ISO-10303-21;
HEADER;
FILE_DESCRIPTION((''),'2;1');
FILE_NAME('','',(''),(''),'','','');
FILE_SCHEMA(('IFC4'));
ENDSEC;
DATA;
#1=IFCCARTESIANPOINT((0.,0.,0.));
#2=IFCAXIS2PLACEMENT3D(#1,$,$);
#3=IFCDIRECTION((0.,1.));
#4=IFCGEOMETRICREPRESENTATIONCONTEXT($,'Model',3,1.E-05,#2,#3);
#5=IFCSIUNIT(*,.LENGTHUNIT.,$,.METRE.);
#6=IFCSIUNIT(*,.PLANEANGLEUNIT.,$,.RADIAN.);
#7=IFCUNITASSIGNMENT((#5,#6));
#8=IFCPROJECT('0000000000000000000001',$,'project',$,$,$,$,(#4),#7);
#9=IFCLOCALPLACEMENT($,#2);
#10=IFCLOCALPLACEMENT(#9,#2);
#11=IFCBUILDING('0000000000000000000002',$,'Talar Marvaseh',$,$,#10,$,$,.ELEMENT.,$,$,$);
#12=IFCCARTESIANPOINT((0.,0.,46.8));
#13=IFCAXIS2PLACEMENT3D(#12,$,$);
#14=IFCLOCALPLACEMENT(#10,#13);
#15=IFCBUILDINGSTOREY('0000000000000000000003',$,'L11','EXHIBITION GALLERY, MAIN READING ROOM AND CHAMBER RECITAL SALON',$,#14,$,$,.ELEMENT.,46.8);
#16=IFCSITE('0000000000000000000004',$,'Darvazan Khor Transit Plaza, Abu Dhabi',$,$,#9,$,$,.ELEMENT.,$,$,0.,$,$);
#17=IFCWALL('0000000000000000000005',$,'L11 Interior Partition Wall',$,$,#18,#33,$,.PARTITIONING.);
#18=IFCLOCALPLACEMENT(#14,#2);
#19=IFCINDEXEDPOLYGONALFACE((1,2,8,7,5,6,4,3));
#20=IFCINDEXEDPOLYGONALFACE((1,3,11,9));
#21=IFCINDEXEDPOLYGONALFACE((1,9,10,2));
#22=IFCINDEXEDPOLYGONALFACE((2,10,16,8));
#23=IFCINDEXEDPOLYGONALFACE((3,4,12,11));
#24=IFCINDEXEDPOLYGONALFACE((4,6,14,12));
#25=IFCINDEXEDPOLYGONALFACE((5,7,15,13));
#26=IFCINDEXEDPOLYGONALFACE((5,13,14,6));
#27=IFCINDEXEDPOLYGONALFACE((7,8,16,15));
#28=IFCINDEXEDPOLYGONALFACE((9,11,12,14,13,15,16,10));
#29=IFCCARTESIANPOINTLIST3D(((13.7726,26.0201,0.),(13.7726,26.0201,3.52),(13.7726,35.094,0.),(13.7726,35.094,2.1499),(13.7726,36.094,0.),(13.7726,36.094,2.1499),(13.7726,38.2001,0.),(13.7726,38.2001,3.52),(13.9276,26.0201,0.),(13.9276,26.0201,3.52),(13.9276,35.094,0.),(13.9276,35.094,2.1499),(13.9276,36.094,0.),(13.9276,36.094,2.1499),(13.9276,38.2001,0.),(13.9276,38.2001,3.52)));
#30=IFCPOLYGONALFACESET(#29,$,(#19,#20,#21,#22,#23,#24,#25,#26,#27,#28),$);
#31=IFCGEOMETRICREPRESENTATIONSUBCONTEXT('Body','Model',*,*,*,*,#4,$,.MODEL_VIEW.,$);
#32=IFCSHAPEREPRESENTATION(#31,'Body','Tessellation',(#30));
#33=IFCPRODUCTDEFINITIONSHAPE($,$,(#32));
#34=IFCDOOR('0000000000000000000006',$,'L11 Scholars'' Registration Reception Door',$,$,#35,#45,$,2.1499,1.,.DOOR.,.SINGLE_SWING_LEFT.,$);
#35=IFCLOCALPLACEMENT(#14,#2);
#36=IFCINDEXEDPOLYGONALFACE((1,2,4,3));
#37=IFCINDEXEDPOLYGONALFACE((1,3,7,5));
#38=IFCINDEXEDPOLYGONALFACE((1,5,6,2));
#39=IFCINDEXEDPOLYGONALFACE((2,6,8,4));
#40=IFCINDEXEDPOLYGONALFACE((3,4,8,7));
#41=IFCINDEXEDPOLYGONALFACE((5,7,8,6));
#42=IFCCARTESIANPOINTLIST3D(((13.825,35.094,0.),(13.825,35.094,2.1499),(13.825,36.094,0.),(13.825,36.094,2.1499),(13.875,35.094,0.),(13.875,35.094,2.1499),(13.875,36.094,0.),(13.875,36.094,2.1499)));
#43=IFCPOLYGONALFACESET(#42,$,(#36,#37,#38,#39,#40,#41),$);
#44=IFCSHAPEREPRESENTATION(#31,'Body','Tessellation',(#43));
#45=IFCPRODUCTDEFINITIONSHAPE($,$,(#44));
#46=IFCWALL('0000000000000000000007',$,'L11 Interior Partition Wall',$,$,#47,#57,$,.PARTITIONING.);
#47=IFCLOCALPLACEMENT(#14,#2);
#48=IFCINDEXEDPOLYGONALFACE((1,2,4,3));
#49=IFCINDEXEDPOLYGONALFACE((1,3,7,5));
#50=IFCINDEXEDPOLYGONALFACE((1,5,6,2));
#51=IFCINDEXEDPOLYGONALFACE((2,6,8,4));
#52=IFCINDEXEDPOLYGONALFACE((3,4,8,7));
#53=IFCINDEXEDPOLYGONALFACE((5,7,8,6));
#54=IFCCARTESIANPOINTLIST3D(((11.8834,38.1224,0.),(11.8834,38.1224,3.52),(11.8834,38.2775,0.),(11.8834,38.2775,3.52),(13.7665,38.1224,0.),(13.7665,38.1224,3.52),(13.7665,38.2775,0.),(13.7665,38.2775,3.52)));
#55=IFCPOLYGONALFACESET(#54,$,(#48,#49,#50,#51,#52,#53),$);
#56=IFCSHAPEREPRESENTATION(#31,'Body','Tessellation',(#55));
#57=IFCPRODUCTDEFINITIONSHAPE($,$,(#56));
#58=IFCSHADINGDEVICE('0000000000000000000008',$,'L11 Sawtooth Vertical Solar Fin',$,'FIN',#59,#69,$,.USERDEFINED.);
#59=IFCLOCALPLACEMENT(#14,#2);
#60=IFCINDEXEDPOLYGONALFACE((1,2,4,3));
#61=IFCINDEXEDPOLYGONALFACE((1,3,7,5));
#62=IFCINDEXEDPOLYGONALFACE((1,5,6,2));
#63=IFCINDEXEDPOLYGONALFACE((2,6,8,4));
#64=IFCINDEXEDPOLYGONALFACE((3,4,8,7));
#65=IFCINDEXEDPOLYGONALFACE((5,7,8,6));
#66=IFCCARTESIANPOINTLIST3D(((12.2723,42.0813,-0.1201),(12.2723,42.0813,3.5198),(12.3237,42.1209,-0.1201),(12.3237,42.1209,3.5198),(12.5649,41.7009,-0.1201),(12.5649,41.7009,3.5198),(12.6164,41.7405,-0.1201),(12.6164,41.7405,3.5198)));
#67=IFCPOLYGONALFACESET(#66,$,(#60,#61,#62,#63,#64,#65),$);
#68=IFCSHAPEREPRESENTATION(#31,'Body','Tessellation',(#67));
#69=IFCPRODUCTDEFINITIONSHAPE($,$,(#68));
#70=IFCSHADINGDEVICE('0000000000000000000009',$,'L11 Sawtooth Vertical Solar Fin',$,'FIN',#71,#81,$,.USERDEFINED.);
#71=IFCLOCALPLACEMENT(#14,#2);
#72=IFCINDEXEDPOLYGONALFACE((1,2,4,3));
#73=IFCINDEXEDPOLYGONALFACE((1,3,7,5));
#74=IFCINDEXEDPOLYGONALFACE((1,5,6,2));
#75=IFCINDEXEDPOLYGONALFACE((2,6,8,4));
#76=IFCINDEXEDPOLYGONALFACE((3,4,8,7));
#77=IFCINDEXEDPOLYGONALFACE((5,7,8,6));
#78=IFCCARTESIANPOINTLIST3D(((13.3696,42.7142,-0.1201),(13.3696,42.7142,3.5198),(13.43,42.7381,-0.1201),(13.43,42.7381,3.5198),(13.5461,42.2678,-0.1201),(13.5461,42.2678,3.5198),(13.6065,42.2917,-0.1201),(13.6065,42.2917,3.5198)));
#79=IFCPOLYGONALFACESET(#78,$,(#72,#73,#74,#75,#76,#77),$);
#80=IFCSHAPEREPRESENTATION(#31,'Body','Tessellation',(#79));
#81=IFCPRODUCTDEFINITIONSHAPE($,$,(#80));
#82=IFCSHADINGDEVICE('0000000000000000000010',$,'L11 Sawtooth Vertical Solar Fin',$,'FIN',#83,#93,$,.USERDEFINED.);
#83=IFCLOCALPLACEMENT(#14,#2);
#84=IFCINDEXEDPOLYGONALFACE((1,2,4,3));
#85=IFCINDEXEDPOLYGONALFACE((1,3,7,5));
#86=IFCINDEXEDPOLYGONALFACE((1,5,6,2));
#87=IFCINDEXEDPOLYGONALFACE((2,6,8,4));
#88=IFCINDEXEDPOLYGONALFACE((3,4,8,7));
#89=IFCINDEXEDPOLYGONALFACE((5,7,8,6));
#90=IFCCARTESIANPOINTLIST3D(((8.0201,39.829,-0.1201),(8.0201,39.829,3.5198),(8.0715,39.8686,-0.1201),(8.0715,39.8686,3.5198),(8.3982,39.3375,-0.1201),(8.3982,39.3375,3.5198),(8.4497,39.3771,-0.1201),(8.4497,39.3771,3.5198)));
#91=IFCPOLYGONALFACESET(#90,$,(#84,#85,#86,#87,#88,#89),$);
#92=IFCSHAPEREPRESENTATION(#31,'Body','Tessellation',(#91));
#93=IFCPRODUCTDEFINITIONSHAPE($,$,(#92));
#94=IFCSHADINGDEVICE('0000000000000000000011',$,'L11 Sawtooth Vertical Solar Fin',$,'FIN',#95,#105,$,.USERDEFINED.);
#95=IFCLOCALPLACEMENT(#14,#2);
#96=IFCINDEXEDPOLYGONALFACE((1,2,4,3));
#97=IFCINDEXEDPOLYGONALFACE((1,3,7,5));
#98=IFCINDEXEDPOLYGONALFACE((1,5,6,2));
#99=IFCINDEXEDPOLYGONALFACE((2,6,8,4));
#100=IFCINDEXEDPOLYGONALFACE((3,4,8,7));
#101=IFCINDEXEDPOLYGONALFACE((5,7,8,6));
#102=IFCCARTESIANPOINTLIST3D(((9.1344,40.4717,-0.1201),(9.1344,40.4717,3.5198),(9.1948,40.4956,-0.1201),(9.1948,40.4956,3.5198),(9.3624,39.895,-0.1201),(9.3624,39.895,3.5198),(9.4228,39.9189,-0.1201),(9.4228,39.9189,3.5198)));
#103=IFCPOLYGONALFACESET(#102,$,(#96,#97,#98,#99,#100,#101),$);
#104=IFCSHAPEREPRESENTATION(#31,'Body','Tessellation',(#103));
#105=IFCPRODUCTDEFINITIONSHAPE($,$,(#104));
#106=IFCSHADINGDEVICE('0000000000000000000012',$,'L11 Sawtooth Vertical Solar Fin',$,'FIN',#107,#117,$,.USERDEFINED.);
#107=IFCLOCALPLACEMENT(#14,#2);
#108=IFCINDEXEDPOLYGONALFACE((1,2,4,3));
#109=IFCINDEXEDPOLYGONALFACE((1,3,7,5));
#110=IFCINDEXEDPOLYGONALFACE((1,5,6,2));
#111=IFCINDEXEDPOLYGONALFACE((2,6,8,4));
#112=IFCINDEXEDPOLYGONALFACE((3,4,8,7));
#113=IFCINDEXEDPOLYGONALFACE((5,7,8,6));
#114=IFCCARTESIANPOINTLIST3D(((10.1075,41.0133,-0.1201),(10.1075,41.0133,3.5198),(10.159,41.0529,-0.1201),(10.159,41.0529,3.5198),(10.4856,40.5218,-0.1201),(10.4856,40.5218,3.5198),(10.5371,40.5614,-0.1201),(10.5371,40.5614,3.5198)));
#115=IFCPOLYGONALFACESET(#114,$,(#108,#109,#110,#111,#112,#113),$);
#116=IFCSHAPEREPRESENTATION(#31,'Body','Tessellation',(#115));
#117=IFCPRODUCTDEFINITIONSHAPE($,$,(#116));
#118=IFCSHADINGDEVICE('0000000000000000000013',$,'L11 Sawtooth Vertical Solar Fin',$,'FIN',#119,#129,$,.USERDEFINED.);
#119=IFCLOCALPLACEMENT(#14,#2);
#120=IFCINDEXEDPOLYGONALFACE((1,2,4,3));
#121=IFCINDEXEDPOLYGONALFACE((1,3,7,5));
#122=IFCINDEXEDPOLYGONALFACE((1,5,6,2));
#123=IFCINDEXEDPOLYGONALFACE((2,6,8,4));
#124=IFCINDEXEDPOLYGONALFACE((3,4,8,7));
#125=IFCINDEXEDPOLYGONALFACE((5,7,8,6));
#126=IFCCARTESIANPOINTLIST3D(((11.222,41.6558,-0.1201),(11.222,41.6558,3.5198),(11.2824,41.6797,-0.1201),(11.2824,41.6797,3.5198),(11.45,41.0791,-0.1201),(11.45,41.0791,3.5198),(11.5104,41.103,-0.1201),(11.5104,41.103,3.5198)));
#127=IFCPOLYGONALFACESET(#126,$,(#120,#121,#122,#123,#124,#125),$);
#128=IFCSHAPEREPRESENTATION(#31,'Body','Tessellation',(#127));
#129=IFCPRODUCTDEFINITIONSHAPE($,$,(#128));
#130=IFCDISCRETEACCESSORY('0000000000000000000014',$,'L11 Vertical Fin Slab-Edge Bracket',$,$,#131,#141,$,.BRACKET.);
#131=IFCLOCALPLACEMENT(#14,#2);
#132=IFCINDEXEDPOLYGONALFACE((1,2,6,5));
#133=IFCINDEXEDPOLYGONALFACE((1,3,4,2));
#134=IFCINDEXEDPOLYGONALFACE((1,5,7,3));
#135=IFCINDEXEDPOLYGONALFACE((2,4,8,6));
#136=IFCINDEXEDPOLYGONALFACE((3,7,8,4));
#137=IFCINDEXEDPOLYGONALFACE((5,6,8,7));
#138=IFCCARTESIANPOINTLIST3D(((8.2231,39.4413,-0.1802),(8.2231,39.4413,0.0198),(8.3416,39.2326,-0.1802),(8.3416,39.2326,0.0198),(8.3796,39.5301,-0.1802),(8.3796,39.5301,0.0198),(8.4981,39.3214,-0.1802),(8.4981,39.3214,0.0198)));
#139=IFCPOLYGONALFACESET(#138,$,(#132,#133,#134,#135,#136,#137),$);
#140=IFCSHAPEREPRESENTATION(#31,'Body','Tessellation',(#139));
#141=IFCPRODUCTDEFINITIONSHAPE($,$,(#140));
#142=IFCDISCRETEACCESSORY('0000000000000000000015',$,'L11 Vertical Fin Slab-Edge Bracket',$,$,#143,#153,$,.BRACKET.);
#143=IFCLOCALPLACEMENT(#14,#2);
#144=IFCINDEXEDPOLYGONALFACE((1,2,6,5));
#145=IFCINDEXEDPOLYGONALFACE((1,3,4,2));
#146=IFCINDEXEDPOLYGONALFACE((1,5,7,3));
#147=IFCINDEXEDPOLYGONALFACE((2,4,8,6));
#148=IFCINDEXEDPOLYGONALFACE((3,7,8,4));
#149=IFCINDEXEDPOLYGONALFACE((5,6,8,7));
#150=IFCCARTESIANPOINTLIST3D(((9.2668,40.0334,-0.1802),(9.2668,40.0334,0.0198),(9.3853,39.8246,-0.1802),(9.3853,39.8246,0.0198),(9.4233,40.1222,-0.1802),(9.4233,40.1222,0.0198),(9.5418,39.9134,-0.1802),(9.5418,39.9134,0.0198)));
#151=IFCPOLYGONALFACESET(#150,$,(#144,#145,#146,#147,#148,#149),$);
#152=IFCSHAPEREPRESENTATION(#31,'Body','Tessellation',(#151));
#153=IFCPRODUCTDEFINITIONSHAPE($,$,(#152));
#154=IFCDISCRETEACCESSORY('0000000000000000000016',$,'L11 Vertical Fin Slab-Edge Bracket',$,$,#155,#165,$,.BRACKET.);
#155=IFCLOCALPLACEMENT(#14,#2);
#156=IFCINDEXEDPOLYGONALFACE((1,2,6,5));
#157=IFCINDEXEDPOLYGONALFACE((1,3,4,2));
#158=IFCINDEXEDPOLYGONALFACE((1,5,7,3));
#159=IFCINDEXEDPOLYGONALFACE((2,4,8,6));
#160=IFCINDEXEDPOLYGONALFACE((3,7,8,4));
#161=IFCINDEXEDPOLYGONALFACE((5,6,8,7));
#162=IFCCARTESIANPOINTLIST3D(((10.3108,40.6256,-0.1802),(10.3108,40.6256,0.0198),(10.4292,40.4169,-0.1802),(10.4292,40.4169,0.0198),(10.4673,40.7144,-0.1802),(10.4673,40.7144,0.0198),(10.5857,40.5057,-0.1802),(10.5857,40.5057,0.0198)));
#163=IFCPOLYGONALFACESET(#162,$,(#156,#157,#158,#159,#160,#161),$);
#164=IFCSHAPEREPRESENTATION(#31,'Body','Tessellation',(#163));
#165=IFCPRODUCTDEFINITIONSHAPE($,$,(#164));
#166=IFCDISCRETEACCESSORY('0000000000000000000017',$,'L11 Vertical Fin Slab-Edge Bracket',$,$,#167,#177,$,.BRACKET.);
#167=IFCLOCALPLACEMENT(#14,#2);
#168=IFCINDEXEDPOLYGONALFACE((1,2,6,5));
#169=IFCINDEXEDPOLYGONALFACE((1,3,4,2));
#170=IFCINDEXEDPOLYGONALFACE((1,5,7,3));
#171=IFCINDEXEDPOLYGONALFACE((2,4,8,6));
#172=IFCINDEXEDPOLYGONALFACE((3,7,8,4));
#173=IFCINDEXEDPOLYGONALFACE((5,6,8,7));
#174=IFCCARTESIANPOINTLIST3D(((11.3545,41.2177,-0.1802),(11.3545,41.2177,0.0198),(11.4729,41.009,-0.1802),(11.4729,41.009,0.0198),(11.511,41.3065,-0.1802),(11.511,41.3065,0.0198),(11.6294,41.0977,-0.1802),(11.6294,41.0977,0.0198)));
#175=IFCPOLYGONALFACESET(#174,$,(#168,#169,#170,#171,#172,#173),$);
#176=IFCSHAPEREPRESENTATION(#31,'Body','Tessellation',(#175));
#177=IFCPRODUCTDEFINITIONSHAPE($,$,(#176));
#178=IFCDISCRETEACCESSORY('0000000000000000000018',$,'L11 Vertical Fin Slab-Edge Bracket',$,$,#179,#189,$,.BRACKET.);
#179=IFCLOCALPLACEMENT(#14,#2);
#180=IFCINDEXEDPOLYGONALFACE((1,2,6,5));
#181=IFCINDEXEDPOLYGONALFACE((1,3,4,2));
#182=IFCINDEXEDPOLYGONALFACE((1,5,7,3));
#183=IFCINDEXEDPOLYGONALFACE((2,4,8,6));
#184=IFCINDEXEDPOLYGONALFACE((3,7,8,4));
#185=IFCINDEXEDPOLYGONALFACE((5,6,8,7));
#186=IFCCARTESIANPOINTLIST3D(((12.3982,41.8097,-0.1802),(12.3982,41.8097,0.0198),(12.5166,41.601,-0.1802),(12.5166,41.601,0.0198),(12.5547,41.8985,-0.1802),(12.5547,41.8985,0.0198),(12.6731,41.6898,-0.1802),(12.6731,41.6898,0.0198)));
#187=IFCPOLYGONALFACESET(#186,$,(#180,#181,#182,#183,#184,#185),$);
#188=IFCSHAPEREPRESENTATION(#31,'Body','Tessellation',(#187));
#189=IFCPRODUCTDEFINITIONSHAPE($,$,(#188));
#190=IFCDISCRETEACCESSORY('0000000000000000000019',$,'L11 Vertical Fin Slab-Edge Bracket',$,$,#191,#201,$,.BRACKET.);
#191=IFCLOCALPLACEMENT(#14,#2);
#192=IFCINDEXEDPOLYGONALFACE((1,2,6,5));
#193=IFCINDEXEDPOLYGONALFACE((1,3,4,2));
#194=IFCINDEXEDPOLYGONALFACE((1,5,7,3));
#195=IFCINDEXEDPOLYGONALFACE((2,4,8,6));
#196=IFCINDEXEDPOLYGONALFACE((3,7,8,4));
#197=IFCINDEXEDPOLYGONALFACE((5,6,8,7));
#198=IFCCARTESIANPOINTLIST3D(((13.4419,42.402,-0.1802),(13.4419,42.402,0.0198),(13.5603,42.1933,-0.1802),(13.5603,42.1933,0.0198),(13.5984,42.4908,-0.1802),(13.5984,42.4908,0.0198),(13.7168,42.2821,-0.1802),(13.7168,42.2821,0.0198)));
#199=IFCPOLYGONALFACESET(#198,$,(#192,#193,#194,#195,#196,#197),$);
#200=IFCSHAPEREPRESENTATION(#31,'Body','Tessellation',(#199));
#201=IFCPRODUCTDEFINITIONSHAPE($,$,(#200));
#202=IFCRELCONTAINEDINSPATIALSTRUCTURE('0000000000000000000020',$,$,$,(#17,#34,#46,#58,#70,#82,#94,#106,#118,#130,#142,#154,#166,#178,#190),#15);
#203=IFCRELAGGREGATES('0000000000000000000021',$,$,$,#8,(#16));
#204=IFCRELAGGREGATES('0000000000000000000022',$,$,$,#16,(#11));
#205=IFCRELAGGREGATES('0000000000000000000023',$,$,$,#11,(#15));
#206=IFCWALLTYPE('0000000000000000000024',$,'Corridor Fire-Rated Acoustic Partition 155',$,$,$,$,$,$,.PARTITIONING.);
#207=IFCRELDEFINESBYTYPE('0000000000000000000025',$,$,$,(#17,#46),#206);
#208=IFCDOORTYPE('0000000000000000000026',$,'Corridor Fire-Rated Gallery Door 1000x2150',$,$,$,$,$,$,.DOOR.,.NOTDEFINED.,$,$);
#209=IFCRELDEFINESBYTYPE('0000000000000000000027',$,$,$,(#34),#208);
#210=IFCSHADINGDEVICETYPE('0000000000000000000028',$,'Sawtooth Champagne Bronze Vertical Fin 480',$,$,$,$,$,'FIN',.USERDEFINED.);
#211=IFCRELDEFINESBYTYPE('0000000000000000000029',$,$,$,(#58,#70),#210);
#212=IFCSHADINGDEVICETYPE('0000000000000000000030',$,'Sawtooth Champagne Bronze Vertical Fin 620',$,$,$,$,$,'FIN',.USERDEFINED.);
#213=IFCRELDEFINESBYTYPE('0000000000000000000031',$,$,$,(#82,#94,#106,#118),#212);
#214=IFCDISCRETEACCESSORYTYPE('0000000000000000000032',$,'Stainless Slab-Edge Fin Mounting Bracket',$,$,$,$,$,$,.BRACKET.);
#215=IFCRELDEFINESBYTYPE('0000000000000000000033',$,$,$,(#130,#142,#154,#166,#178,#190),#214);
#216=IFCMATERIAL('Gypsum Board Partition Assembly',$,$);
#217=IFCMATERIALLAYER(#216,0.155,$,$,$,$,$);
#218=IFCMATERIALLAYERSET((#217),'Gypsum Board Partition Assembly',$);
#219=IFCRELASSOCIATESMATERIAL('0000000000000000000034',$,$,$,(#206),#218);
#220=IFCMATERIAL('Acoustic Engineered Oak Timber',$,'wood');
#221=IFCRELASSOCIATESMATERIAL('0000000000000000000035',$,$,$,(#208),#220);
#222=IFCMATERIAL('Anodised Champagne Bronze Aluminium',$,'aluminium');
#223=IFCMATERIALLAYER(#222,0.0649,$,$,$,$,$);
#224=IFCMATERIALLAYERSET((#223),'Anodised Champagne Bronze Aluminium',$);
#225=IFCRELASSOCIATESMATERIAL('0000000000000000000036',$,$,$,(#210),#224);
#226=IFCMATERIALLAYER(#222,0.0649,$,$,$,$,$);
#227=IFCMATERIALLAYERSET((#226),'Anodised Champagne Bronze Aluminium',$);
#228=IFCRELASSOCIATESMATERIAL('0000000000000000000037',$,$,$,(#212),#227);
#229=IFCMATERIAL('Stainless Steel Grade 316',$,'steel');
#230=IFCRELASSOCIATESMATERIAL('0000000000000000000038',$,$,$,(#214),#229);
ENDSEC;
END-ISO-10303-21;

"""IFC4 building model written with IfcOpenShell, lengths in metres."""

from ifc_helpers import new_model, si_unit, direction, frame, frame_2d, origin, origin_2d, place, context, subcontext, project, spatial, rectangle, extrude, source, transform, mapped, material, layer, layer_set, type_object, type_shapes, element, fill, save


model = new_model("IFC4")

# Units and contexts
model_context = context("Model", 3, precision=1e-05, world=origin(), true_north=direction((0.0, 1.0)))
body_context = subcontext(model_context, "Body", "Model", "MODEL_VIEW")
ifc_project = project(units=[si_unit("LENGTHUNIT", "METRE"), si_unit("PLANEANGLEUNIT", "RADIAN")], contexts=[model_context])

# Site, building, storey
site_placement = place(None, origin())
site = spatial("IfcSite", under=ifc_project, at=site_placement, Name="Darvazan Khor Transit Plaza, Abu Dhabi", CompositionType="ELEMENT", RefElevation=0.0)
building_placement = place(site_placement, origin())
building = spatial("IfcBuilding", under=site, at=building_placement, Name="Talar Marvaseh", CompositionType="ELEMENT")
storey_placement = place(building_placement, frame((0.0, 0.0, 46.8)))
storey = spatial("IfcBuildingStorey", under=building, at=storey_placement, Name="L11", Description="EXHIBITION GALLERY, MAIN READING ROOM AND CHAMBER RECITAL SALON", CompositionType="ELEMENT", Elevation=46.8)

# Wall, opening, door
ifc_material_1 = material(Name="Gypsum Board Partition Assembly")
ifc_layer_1 = layer(ifc_material_1, 0.155)
ifc_layer_set_1 = layer_set([ifc_layer_1], Name="Gypsum Board Partition Assembly")
wall_type = type_object("IfcWallType", Name="Corridor Fire-Rated Acoustic Partition 155", PredefinedType="PARTITIONING", material=ifc_layer_set_1)
wall_1_placement = place(storey_placement, frame((13.8501, 38.2, 0.0), z_axis=(0.0, 0.0, 1.0), x_axis=(0.0, -1.0, 0.0)))
wall_1 = element("IfcWall", 1, at=wall_1_placement, inside=storey, type_object=wall_type, Name="L11 Interior Partition Wall", PredefinedType="PARTITIONING", context=body_context, shape_type="SweptSolid", body=[
    extrude(rectangle(XDim=12.1799, YDim=0.155, at=frame_2d((6.0898, 0.0))), origin(), (0.0, 0.0, 1.0), 3.52),
])
opening_placement = place(wall_1_placement, frame((2.106, 0.0, 0.0)))
opening = element("IfcOpeningElement", 2, at=opening_placement, cuts=wall_1, PredefinedType="OPENING", context=body_context, shape_type="SweptSolid", body=[
    extrude(rectangle(XDim=1.0, YDim=2.1499, at=frame_2d((0.5, 1.075))), frame((0.0, 0.0874, 0.0), z_axis=(0.0, -1.0, 0.0), x_axis=(1.0, 0.0, 0.0)), (0.0, 0.0, 1.0), 0.175),
])
ifc_material_2 = material(Name="Acoustic Engineered Oak Timber", Category="wood")
door_type = type_object("IfcDoorType", Name="Corridor Fire-Rated Gallery Door 1000x2150", OperationType="NOTDEFINED", PredefinedType="DOOR", material=ifc_material_2)
shared_shape_1 = source(origin(), body_context, "Body", "SweptSolid", [
    extrude(rectangle(XDim=1.0, YDim=2.1499, at=frame_2d((0.5, 1.075))), frame((0.0, 0.0249, 0.0), z_axis=(0.0, -1.0, 0.0), x_axis=(1.0, 0.0, 0.0)), (0.0, 0.0, 1.0), 0.05),
])
type_shapes(door_type, [shared_shape_1])
door_placement = place(opening_placement, origin())
door = element("IfcDoor", 3, at=door_placement, inside=storey, type_object=door_type, Name="L11 Scholars' Registration Reception Door", OperationType="SINGLE_SWING_LEFT", OverallHeight=2.1499, OverallWidth=1.0, PredefinedType="DOOR", context=body_context, shape_type="MappedRepresentation", body=[
    mapped(shared_shape_1, transform((0.0, 0.0, 0.0), x_axis=(1.0, 0.0, 0.0), y_axis=(0.0, 1.0, 0.0), z_axis=(0.0, 0.0, 1.0), scale=1.0)),
])
fill(opening, door)

# Wall
wall_2_placement = place(storey_placement, frame((11.8835, 38.2, 0.0), z_axis=(0.0, 0.0, 1.0), x_axis=(1.0, 0.0, 0.0)))
element("IfcWall", 4, at=wall_2_placement, inside=storey, type_object=wall_type, Name="L11 Interior Partition Wall", PredefinedType="PARTITIONING", context=body_context, shape_type="SweptSolid", body=[
    extrude(rectangle(XDim=1.8831, YDim=0.155, at=frame_2d((0.9414, 0.0))), origin(), (0.0, 0.0, 1.0), 3.52),
])

# Shading devices
ifc_material_3 = material(Name="Anodised Champagne Bronze Aluminium", Category="aluminium")
ifc_layer_2 = layer(ifc_material_3, 0.0649)
ifc_layer_set_2 = layer_set([ifc_layer_2], Name="Anodised Champagne Bronze Aluminium")
shading_device_type_1 = type_object("IfcShadingDeviceType", Name="Sawtooth Champagne Bronze Vertical Fin 480", ElementType="FIN", PredefinedType="USERDEFINED", material=ifc_layer_set_2)
shared_shape_2 = source(origin(), body_context, "Body", "SweptSolid", [
    extrude(rectangle(XDim=0.48, YDim=0.0649, at=origin_2d()), origin(), (0.0, 0.0, 1.0), 3.6399),
])
type_shapes(shading_device_type_1, [shared_shape_2])
for number, where, z_axis, x_axis, name in (
    (5, (12.4443, 41.9109, -0.1201), (0.0, 0.0, 1.0), (-0.60973, 0.792609, 0.0), "L11 Sawtooth Vertical Solar Fin"),
    (6, (13.488, 42.5029, -0.1201), (0.0, 0.0, 1.0), (-0.367638, 0.929969, 0.0), "L11 Sawtooth Vertical Solar Fin"),
):
    element("IfcShadingDevice", number, at=place(storey_placement, frame(where, z_axis=z_axis, x_axis=x_axis)), inside=storey, type_object=shading_device_type_1, Name=name, ObjectType="FIN", PredefinedType="USERDEFINED", context=body_context, shape_type="MappedRepresentation", body=[
        mapped(shared_shape_2, transform((0.0, 0.0, 0.0), x_axis=(1.0, 0.0, 0.0), y_axis=(0.0, 1.0, 0.0), z_axis=(0.0, 0.0, 1.0), scale=1.0)),
    ])
ifc_layer_3 = layer(ifc_material_3, 0.0649)
ifc_layer_set_3 = layer_set([ifc_layer_3], Name="Anodised Champagne Bronze Aluminium")
shading_device_type_2 = type_object("IfcShadingDeviceType", Name="Sawtooth Champagne Bronze Vertical Fin 620", ElementType="FIN", PredefinedType="USERDEFINED", material=ifc_layer_set_3)
shared_shape_3 = source(origin(), body_context, "Body", "SweptSolid", [
    extrude(rectangle(XDim=0.6201, YDim=0.0649, at=origin_2d()), origin(), (0.0, 0.0, 1.0), 3.6399),
])
type_shapes(shading_device_type_2, [shared_shape_3])
for number, where, z_axis, x_axis, name in (
    (7, (8.2349, 39.603, -0.1201), (0.0, 0.0, 1.0), (-0.60973, 0.792609, 0.0), "L11 Sawtooth Vertical Solar Fin"),
    (8, (9.2786, 40.1953, -0.1201), (0.0, 0.0, 1.0), (-0.367638, 0.929969, 0.0), "L11 Sawtooth Vertical Solar Fin"),
    (9, (10.3223, 40.7874, -0.1201), (0.0, 0.0, 1.0), (-0.60973, 0.792609, 0.0), "L11 Sawtooth Vertical Solar Fin"),
    (10, (11.3662, 41.3794, -0.1201), (0.0, 0.0, 1.0), (-0.367638, 0.929969, 0.0), "L11 Sawtooth Vertical Solar Fin"),
):
    element("IfcShadingDevice", number, at=place(storey_placement, frame(where, z_axis=z_axis, x_axis=x_axis)), inside=storey, type_object=shading_device_type_2, Name=name, ObjectType="FIN", PredefinedType="USERDEFINED", context=body_context, shape_type="MappedRepresentation", body=[
        mapped(shared_shape_3, transform((0.0, 0.0, 0.0), x_axis=(1.0, 0.0, 0.0), y_axis=(0.0, 1.0, 0.0), z_axis=(0.0, 0.0, 1.0), scale=1.0)),
    ])

# Discrete accessories
ifc_material_4 = material(Name="Stainless Steel Grade 316", Category="steel")
discrete_accessory_type = type_object("IfcDiscreteAccessoryType", Name="Stainless Slab-Edge Fin Mounting Bracket", PredefinedType="BRACKET", material=ifc_material_4)
shared_shape_4 = source(origin(), body_context, "Body", "SweptSolid", [
    extrude(rectangle(XDim=0.24, YDim=0.1799, at=origin_2d()), origin(), (0.0, 0.0, 1.0), 0.2),
])
type_shapes(discrete_accessory_type, [shared_shape_4])
for number, where, z_axis, x_axis, name in (
    (11, (8.3606, 39.3813, -0.1802), (0.0, 0.0, 1.0), (-0.493487, 0.869753, 0.0), "L11 Vertical Fin Slab-Edge Bracket"),
    (12, (9.4043, 39.9734, -0.1802), (0.0, 0.0, 1.0), (-0.493487, 0.869753, 0.0), "L11 Vertical Fin Slab-Edge Bracket"),
    (13, (10.4482, 40.5657, -0.1802), (0.0, 0.0, 1.0), (-0.493487, 0.869753, 0.0), "L11 Vertical Fin Slab-Edge Bracket"),
    (14, (11.4919, 41.1577, -0.1802), (0.0, 0.0, 1.0), (-0.493487, 0.869753, 0.0), "L11 Vertical Fin Slab-Edge Bracket"),
    (15, (12.5356, 41.7498, -0.1802), (0.0, 0.0, 1.0), (-0.493487, 0.869753, 0.0), "L11 Vertical Fin Slab-Edge Bracket"),
    (16, (13.5793, 42.342, -0.1802), (0.0, 0.0, 1.0), (-0.493487, 0.869753, 0.0), "L11 Vertical Fin Slab-Edge Bracket"),
):
    element("IfcDiscreteAccessory", number, at=place(storey_placement, frame(where, z_axis=z_axis, x_axis=x_axis)), inside=storey, type_object=discrete_accessory_type, Name=name, PredefinedType="BRACKET", context=body_context, shape_type="MappedRepresentation", body=[
        mapped(shared_shape_4, transform((0.0, 0.0, 0.0), x_axis=(1.0, 0.0, 0.0), y_axis=(0.0, 1.0, 0.0), z_axis=(0.0, 0.0, 1.0), scale=1.0)),
    ])

save(model, "model.ifc")
